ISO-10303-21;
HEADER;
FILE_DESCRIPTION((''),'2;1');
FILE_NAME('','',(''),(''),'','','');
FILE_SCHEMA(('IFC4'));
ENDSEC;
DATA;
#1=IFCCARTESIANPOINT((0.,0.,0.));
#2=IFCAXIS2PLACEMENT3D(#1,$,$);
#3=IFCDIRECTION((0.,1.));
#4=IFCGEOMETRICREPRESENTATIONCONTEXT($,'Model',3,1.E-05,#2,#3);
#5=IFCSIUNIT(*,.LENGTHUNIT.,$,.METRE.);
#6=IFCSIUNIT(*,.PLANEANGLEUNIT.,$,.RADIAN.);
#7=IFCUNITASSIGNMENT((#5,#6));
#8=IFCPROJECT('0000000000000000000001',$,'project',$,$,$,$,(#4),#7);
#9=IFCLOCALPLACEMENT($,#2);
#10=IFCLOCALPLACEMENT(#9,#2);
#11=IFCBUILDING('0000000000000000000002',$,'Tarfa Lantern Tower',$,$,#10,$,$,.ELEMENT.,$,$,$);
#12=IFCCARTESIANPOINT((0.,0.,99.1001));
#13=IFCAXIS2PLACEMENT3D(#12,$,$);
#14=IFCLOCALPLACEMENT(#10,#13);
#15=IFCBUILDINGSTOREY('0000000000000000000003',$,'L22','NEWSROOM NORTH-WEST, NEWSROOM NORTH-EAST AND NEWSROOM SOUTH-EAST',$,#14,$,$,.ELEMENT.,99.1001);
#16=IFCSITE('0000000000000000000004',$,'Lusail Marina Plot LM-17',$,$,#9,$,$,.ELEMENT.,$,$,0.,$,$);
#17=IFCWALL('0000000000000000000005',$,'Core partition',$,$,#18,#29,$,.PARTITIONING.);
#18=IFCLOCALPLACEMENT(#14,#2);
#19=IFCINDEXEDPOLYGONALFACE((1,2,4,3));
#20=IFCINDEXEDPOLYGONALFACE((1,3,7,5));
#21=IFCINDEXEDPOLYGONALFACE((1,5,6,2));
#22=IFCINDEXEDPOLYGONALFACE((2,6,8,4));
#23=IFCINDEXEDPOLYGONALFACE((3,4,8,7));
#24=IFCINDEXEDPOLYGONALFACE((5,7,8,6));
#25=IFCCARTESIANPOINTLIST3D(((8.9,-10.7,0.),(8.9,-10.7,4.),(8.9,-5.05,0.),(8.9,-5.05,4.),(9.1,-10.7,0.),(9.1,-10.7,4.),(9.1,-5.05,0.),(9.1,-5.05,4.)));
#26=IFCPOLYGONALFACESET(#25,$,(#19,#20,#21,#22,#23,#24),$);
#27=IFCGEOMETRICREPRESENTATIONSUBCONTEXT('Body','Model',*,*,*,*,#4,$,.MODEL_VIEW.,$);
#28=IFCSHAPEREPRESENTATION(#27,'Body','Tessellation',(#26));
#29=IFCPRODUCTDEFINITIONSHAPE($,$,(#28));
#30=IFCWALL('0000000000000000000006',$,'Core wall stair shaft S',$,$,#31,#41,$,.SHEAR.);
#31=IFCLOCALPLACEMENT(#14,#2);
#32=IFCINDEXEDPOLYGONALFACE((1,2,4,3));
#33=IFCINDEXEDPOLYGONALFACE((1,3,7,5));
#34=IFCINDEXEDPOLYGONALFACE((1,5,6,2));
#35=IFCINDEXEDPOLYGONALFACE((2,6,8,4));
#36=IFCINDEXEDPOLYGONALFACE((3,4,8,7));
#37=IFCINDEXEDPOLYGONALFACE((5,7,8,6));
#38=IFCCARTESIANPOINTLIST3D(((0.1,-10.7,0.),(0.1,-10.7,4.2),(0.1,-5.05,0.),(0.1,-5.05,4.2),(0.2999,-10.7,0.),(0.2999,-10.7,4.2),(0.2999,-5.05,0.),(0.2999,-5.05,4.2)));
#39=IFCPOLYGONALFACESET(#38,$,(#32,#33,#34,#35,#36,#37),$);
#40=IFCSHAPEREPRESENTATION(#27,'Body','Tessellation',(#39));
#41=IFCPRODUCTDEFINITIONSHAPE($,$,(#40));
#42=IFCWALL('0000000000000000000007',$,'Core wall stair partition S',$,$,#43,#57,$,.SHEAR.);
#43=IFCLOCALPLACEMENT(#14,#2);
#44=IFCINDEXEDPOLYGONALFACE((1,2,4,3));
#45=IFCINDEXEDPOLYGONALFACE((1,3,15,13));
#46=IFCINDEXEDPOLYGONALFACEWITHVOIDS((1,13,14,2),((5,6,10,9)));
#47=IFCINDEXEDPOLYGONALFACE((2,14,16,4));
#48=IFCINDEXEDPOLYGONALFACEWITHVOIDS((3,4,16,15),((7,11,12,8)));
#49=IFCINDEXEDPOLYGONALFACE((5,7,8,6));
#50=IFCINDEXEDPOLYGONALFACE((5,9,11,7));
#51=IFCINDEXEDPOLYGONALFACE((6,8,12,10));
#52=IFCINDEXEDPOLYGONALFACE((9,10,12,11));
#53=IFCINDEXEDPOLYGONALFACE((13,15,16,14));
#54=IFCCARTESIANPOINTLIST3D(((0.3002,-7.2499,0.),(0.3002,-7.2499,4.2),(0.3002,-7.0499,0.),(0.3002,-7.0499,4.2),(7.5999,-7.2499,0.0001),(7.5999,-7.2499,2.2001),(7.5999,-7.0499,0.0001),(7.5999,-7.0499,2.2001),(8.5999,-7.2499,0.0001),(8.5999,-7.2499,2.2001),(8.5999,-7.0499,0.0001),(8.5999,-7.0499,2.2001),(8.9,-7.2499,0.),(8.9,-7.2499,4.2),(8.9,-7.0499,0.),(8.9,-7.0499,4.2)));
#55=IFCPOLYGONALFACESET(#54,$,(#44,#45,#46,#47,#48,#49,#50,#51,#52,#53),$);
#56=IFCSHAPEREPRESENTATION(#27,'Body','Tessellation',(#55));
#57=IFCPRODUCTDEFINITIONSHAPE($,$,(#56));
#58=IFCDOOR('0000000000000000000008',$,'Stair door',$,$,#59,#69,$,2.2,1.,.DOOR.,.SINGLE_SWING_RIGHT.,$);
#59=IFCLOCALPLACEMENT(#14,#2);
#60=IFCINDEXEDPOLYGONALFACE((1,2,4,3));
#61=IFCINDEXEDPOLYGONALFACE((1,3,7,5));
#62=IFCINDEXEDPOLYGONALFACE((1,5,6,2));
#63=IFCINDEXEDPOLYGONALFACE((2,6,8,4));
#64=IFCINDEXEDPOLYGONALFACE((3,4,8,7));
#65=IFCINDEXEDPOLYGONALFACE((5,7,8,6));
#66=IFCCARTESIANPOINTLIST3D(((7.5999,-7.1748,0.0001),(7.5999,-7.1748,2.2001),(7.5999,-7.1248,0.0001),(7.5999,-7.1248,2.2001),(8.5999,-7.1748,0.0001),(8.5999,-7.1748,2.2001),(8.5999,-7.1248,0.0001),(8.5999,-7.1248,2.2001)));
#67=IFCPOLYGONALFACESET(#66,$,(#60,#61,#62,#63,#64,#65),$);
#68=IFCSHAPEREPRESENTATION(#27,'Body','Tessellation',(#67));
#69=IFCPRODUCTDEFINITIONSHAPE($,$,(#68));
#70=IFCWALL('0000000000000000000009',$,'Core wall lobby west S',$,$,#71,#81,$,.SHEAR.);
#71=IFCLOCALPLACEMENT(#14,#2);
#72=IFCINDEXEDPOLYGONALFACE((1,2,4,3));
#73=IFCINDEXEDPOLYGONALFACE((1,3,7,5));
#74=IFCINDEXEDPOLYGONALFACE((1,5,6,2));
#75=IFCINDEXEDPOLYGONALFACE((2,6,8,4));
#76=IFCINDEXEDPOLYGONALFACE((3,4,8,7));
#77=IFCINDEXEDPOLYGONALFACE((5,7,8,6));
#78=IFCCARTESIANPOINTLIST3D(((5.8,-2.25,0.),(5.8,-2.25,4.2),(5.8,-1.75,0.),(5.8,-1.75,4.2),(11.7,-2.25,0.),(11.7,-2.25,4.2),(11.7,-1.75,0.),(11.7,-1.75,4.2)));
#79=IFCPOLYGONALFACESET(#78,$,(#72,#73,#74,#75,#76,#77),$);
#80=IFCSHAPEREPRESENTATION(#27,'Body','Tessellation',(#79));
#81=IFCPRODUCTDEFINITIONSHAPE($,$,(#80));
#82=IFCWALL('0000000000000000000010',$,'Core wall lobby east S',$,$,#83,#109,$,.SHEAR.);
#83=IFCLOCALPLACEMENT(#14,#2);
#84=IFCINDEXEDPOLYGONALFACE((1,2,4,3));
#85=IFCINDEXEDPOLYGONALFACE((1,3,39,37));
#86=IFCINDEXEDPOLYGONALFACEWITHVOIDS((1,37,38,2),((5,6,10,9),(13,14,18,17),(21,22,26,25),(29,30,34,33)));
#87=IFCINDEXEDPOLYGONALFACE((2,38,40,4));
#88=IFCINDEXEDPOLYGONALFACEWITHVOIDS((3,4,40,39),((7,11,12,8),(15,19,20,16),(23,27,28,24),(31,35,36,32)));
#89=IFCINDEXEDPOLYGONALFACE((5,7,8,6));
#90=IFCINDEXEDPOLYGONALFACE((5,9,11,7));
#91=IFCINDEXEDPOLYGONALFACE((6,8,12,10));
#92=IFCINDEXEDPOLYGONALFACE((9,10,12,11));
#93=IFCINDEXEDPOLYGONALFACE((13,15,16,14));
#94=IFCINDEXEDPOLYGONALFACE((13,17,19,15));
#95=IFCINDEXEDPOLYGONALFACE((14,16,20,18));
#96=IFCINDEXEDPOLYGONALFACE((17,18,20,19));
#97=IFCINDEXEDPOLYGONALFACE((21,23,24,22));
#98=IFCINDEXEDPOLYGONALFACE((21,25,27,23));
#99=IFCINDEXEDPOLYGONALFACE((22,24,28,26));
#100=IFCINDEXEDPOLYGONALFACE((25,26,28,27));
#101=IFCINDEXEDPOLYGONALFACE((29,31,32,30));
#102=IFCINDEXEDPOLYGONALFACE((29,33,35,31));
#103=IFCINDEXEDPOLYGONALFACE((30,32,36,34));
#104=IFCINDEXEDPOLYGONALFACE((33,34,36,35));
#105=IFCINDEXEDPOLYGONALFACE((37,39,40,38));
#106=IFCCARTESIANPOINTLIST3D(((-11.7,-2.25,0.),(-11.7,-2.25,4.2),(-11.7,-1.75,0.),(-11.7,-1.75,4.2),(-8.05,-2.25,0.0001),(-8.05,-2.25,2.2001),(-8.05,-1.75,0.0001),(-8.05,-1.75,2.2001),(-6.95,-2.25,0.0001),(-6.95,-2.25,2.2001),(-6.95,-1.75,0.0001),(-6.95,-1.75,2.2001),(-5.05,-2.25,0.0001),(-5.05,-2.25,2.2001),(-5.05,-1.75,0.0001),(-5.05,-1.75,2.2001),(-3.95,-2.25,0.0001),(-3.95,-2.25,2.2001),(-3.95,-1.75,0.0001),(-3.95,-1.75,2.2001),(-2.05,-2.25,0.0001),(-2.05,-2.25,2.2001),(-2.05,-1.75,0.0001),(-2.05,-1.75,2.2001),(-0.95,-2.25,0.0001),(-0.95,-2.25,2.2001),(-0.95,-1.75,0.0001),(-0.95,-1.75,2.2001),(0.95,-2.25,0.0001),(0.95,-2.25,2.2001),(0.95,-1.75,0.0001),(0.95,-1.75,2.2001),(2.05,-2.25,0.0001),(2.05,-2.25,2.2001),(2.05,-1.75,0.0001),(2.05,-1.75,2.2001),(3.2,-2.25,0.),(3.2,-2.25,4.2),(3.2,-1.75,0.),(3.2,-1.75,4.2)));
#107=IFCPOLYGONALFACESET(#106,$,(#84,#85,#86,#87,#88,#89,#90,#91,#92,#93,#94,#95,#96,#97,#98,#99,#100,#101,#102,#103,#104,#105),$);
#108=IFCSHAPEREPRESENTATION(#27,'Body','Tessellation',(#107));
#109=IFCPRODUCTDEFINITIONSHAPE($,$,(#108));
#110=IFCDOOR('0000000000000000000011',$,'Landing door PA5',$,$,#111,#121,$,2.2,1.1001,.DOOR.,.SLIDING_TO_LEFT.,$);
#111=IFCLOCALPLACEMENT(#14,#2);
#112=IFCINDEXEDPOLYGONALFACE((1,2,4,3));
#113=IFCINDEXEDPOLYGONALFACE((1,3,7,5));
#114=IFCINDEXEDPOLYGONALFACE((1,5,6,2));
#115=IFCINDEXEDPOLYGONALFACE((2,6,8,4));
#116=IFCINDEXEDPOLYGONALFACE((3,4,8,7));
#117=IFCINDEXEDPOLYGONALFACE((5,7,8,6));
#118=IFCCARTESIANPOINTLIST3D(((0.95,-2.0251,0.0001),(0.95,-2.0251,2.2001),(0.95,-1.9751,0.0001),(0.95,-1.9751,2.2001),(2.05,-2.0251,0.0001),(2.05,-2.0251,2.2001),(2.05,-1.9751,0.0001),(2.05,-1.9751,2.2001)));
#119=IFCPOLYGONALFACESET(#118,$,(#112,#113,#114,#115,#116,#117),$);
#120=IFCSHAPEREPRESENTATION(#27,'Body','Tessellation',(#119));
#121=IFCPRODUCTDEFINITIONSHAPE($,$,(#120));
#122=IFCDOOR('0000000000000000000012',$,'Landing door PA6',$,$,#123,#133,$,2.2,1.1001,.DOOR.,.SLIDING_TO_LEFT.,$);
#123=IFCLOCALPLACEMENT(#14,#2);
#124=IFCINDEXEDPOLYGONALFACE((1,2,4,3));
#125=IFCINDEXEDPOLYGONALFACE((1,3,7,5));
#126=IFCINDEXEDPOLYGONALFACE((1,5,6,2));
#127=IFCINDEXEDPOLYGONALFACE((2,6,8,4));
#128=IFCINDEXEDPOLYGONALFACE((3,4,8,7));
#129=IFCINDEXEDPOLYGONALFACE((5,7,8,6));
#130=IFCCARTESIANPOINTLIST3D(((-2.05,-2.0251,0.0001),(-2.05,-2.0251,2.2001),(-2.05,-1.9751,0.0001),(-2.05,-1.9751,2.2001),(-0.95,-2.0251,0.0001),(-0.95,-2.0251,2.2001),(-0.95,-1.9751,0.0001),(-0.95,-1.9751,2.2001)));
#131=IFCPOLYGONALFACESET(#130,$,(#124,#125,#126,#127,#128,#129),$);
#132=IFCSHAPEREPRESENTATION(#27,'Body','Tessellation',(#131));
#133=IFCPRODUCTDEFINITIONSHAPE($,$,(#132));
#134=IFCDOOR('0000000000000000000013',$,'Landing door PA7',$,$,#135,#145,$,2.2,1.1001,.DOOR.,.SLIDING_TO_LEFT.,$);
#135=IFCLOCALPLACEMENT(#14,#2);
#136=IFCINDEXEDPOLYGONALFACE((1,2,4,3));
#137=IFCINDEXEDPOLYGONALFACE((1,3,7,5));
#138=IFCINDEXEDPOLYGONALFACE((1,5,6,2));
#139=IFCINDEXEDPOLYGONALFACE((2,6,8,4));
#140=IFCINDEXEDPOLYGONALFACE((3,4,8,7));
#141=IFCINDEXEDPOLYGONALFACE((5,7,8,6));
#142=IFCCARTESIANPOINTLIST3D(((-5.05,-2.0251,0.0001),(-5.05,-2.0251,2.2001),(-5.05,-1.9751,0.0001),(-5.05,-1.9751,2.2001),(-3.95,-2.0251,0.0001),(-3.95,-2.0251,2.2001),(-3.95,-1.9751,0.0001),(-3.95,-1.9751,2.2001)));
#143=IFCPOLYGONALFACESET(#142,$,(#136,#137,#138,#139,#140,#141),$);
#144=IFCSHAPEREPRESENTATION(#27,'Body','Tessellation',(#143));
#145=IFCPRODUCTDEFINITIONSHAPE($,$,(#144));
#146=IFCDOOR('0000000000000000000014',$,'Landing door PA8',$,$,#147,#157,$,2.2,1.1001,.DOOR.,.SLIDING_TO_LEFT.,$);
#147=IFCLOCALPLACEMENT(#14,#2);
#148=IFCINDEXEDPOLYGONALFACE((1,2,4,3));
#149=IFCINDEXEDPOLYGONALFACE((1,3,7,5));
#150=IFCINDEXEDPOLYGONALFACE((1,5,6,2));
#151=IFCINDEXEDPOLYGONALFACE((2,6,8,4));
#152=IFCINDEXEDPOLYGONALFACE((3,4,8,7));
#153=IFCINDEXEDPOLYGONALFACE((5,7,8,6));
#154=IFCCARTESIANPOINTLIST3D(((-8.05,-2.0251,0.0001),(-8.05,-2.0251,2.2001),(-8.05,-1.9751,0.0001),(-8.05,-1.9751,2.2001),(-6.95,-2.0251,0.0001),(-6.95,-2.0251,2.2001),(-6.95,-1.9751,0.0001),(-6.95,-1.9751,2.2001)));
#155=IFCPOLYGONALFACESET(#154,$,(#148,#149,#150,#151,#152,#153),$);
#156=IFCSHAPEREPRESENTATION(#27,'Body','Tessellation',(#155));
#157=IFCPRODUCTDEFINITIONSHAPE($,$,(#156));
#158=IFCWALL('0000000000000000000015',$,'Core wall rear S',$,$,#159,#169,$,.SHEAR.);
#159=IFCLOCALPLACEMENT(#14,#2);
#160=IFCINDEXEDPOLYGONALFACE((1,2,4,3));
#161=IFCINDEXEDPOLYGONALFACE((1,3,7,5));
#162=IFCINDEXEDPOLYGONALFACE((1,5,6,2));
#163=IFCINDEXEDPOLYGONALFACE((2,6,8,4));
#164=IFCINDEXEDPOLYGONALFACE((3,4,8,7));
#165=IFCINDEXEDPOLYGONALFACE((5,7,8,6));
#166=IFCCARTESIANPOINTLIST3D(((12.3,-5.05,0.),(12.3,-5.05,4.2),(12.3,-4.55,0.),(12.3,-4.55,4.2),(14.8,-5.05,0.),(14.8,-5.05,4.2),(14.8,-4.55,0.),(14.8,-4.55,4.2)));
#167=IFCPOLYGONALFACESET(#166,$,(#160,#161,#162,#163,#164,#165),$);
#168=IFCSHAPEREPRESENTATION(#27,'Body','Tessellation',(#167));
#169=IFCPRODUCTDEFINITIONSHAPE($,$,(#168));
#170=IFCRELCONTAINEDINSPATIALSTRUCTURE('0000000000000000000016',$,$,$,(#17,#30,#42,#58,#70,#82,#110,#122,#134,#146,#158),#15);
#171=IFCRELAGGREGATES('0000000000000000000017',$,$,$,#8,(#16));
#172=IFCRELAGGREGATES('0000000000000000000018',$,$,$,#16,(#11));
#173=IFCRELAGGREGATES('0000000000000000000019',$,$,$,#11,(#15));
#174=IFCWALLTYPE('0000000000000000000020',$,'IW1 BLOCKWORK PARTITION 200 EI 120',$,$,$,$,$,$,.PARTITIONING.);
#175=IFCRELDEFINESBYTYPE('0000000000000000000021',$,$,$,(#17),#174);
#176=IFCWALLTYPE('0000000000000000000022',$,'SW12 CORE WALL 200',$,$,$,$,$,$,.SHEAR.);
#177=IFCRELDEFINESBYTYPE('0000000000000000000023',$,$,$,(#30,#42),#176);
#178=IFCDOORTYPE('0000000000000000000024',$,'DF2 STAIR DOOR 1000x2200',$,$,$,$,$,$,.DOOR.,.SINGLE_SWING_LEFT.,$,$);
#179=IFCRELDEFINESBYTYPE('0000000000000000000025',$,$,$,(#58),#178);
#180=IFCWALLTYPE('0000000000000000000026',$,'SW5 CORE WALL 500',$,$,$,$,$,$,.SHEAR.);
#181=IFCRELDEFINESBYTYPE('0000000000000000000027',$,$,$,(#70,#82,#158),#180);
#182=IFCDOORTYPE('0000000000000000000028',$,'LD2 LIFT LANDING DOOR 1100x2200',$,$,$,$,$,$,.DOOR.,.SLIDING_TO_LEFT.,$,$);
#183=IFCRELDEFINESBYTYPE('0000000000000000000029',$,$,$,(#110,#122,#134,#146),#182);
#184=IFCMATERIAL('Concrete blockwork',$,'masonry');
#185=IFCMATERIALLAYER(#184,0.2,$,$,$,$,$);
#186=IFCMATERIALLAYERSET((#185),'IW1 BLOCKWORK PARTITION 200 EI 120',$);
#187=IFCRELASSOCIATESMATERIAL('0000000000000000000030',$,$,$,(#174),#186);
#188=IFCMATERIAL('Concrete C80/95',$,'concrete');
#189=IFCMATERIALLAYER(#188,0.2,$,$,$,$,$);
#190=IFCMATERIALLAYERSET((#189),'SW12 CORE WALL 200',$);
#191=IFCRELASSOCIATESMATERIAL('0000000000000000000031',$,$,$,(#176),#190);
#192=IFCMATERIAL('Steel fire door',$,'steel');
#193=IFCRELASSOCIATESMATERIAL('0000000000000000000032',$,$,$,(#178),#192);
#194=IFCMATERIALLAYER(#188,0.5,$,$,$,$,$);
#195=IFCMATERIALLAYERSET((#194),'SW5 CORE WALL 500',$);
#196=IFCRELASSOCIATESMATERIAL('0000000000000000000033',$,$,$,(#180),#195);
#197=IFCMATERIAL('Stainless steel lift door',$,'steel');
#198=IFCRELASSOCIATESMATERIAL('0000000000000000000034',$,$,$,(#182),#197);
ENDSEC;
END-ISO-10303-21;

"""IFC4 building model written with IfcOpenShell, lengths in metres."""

from ifc_helpers import new_model, si_unit, direction, frame, frame_2d, origin, place, context, subcontext, project, spatial, rectangle, extrude, material, layer, layer_set, type_object, element, fill, save


model = new_model("IFC4")

# Units and contexts
model_context = context("Model", 3, precision=1e-05, world=origin(), true_north=direction((0.0, 1.0)))
body_context = subcontext(model_context, "Body", "Model", "MODEL_VIEW")
ifc_project = project(units=[si_unit("LENGTHUNIT", "METRE"), si_unit("PLANEANGLEUNIT", "RADIAN")], contexts=[model_context])

# Site, building, storey
site_placement = place(None, origin())
site = spatial("IfcSite", under=ifc_project, at=site_placement, Name="Lusail Marina Plot LM-17", CompositionType="ELEMENT", RefElevation=0.0)
building_placement = place(site_placement, origin())
building = spatial("IfcBuilding", under=site, at=building_placement, Name="Tarfa Lantern Tower", CompositionType="ELEMENT")
storey_placement = place(building_placement, frame((0.0, 0.0, 99.1001)))
storey = spatial("IfcBuildingStorey", under=building, at=storey_placement, Name="L22", Description="NEWSROOM NORTH-WEST, NEWSROOM NORTH-EAST AND NEWSROOM SOUTH-EAST", CompositionType="ELEMENT", Elevation=99.1001)

# Walls
ifc_material_1 = material(Name="Concrete blockwork", Category="masonry")
ifc_layer_1 = layer(ifc_material_1, 0.2)
ifc_layer_set_1 = layer_set([ifc_layer_1], Name="IW1 BLOCKWORK PARTITION 200 EI 120")
wall_type_1 = type_object("IfcWallType", Name="IW1 BLOCKWORK PARTITION 200 EI 120", PredefinedType="PARTITIONING", material=ifc_layer_set_1)
wall_1_placement = place(storey_placement, frame((9.0, -5.05, 0.0), z_axis=(0.0, 0.0, 1.0), x_axis=(0.0, -1.0, 0.0)))
element("IfcWall", 1, at=wall_1_placement, inside=storey, type_object=wall_type_1, Name="Core partition", PredefinedType="PARTITIONING", context=body_context, shape_type="SweptSolid", body=[
    extrude(rectangle(XDim=5.6499, YDim=0.2, at=frame_2d((2.825, 0.0))), origin(), (0.0, 0.0, 1.0), 4.0),
])
ifc_material_2 = material(Name="Concrete C80/95", Category="concrete")
ifc_layer_2 = layer(ifc_material_2, 0.2)
ifc_layer_set_2 = layer_set([ifc_layer_2], Name="SW12 CORE WALL 200")
wall_type_2 = type_object("IfcWallType", Name="SW12 CORE WALL 200", PredefinedType="SHEAR", material=ifc_layer_set_2)
wall_2_placement = place(storey_placement, frame((0.2, -5.05, 0.0), z_axis=(0.0, 0.0, 1.0), x_axis=(0.0, -1.0, 0.0)))
element("IfcWall", 2, at=wall_2_placement, inside=storey, type_object=wall_type_2, Name="Core wall stair shaft S", PredefinedType="SHEAR", context=body_context, shape_type="SweptSolid", body=[
    extrude(rectangle(XDim=5.6499, YDim=0.2, at=frame_2d((2.825, 0.0))), origin(), (0.0, 0.0, 1.0), 4.2),
])

# Wall, opening, door
wall_3_placement = place(storey_placement, frame((8.8999, -7.1499, 0.0), z_axis=(0.0, 0.0, 1.0), x_axis=(-1.0, 0.0, 0.0)))
wall_3 = element("IfcWall", 3, at=wall_3_placement, inside=storey, type_object=wall_type_2, Name="Core wall stair partition S", PredefinedType="SHEAR", context=body_context, shape_type="SweptSolid", body=[
    extrude(rectangle(XDim=8.5999, YDim=0.2, at=frame_2d((4.2998, 0.0))), origin(), (0.0, 0.0, 1.0), 4.2),
])
opening_1_placement = place(wall_3_placement, frame((0.3, 0.0, 0.0)))
opening_1 = element("IfcOpeningElement", 4, at=opening_1_placement, cuts=wall_3, PredefinedType="OPENING", context=body_context, shape_type="SweptSolid", body=[
    extrude(rectangle(XDim=1.0, YDim=2.2, at=frame_2d((0.5, 1.1001))), frame((0.0, 0.1099, 0.0), z_axis=(0.0, -1.0, 0.0), x_axis=(1.0, 0.0, 0.0)), (0.0, 0.0, 1.0), 0.22),
])
ifc_material_3 = material(Name="Steel fire door", Category="steel")
door_type_1 = type_object("IfcDoorType", Name="DF2 STAIR DOOR 1000x2200", OperationType="SINGLE_SWING_LEFT", PredefinedType="DOOR", material=ifc_material_3)
door_1_placement = place(opening_1_placement, origin())
door_1 = element("IfcDoor", 5, at=door_1_placement, inside=storey, type_object=door_type_1, Name="Stair door", OperationType="SINGLE_SWING_RIGHT", OverallHeight=2.2, OverallWidth=1.0, PredefinedType="DOOR", context=body_context, shape_type="SweptSolid", body=[
    extrude(rectangle(XDim=1.0, YDim=2.2, at=frame_2d((0.5, 1.1001))), frame((0.0, 0.0249, 0.0), z_axis=(0.0, -1.0, 0.0), x_axis=(1.0, 0.0, 0.0)), (0.0, 0.0, 1.0), 0.05),
])
fill(opening_1, door_1)

# Wall
ifc_layer_3 = layer(ifc_material_2, 0.5)
ifc_layer_set_3 = layer_set([ifc_layer_3], Name="SW5 CORE WALL 500")
wall_type_3 = type_object("IfcWallType", Name="SW5 CORE WALL 500", PredefinedType="SHEAR", material=ifc_layer_set_3)
wall_4_placement = place(storey_placement, frame((11.7, -2.0, 0.0), z_axis=(0.0, 0.0, 1.0), x_axis=(-1.0, 0.0, 0.0)))
element("IfcWall", 6, at=wall_4_placement, inside=storey, type_object=wall_type_3, Name="Core wall lobby west S", PredefinedType="SHEAR", context=body_context, shape_type="SweptSolid", body=[
    extrude(rectangle(XDim=5.8999, YDim=0.5, at=frame_2d((2.95, 0.0))), origin(), (0.0, 0.0, 1.0), 4.2),
])

# Wall, openings, doors
wall_5_placement = place(storey_placement, frame((3.2, -2.0, 0.0), z_axis=(0.0, 0.0, 1.0), x_axis=(-1.0, 0.0, 0.0)))
wall_5 = element("IfcWall", 7, at=wall_5_placement, inside=storey, type_object=wall_type_3, Name="Core wall lobby east S", PredefinedType="SHEAR", context=body_context, shape_type="SweptSolid", body=[
    extrude(rectangle(XDim=14.8999, YDim=0.5, at=frame_2d((7.45, 0.0))), origin(), (0.0, 0.0, 1.0), 4.2),
])
opening_2_placement = place(wall_5_placement, frame((1.1499, 0.0, 0.0)))
opening_2 = element("IfcOpeningElement", 8, at=opening_2_placement, cuts=wall_5, PredefinedType="OPENING", context=body_context, shape_type="SweptSolid", body=[
    extrude(rectangle(XDim=1.1001, YDim=2.2, at=frame_2d((0.55, 1.1001))), frame((0.0, 0.26, 0.0), z_axis=(0.0, -1.0, 0.0), x_axis=(1.0, 0.0, 0.0)), (0.0, 0.0, 1.0), 0.52),
])
opening_3_placement = place(wall_5_placement, frame((4.1499, 0.0, 0.0)))
opening_3 = element("IfcOpeningElement", 9, at=opening_3_placement, cuts=wall_5, PredefinedType="OPENING", context=body_context, shape_type="SweptSolid", body=[
    extrude(rectangle(XDim=1.1001, YDim=2.2, at=frame_2d((0.55, 1.1001))), frame((0.0, 0.26, 0.0), z_axis=(0.0, -1.0, 0.0), x_axis=(1.0, 0.0, 0.0)), (0.0, 0.0, 1.0), 0.52),
])
opening_4_placement = place(wall_5_placement, frame((7.1499, 0.0, 0.0)))
opening_4 = element("IfcOpeningElement", 10, at=opening_4_placement, cuts=wall_5, PredefinedType="OPENING", context=body_context, shape_type="SweptSolid", body=[
    extrude(rectangle(XDim=1.1001, YDim=2.2, at=frame_2d((0.55, 1.1001))), frame((0.0, 0.26, 0.0), z_axis=(0.0, -1.0, 0.0), x_axis=(1.0, 0.0, 0.0)), (0.0, 0.0, 1.0), 0.52),
])
opening_5_placement = place(wall_5_placement, frame((10.1499, 0.0, 0.0)))
opening_5 = element("IfcOpeningElement", 11, at=opening_5_placement, cuts=wall_5, PredefinedType="OPENING", context=body_context, shape_type="SweptSolid", body=[
    extrude(rectangle(XDim=1.1001, YDim=2.2, at=frame_2d((0.55, 1.1001))), frame((0.0, 0.26, 0.0), z_axis=(0.0, -1.0, 0.0), x_axis=(1.0, 0.0, 0.0)), (0.0, 0.0, 1.0), 0.52),
])
ifc_material_4 = material(Name="Stainless steel lift door", Category="steel")
door_type_2 = type_object("IfcDoorType", Name="LD2 LIFT LANDING DOOR 1100x2200", OperationType="SLIDING_TO_LEFT", PredefinedType="DOOR", material=ifc_material_4)
door_2_placement = place(opening_2_placement, frame((1.1001, 0.0, 0.0), z_axis=(0.0, 0.0, 1.0), x_axis=(-1.0, 0.0, 0.0)))
door_2 = element("IfcDoor", 12, at=door_2_placement, inside=storey, type_object=door_type_2, Name="Landing door PA5", OperationType="SLIDING_TO_LEFT", OverallHeight=2.2, OverallWidth=1.1001, PredefinedType="DOOR", context=body_context, shape_type="SweptSolid", body=[
    extrude(rectangle(XDim=1.1001, YDim=2.2, at=frame_2d((0.55, 1.1001))), frame((0.0, 0.0249, 0.0), z_axis=(0.0, -1.0, 0.0), x_axis=(1.0, 0.0, 0.0)), (0.0, 0.0, 1.0), 0.05),
])
fill(opening_2, door_2)
door_3_placement = place(opening_3_placement, frame((1.1001, 0.0, 0.0), z_axis=(0.0, 0.0, 1.0), x_axis=(-1.0, 0.0, 0.0)))
door_3 = element("IfcDoor", 13, at=door_3_placement, inside=storey, type_object=door_type_2, Name="Landing door PA6", OperationType="SLIDING_TO_LEFT", OverallHeight=2.2, OverallWidth=1.1001, PredefinedType="DOOR", context=body_context, shape_type="SweptSolid", body=[
    extrude(rectangle(XDim=1.1001, YDim=2.2, at=frame_2d((0.55, 1.1001))), frame((0.0, 0.0249, 0.0), z_axis=(0.0, -1.0, 0.0), x_axis=(1.0, 0.0, 0.0)), (0.0, 0.0, 1.0), 0.05),
])
fill(opening_3, door_3)
door_4_placement = place(opening_4_placement, frame((1.1001, 0.0, 0.0), z_axis=(0.0, 0.0, 1.0), x_axis=(-1.0, 0.0, 0.0)))
door_4 = element("IfcDoor", 14, at=door_4_placement, inside=storey, type_object=door_type_2, Name="Landing door PA7", OperationType="SLIDING_TO_LEFT", OverallHeight=2.2, OverallWidth=1.1001, PredefinedType="DOOR", context=body_context, shape_type="SweptSolid", body=[
    extrude(rectangle(XDim=1.1001, YDim=2.2, at=frame_2d((0.55, 1.1001))), frame((0.0, 0.0249, 0.0), z_axis=(0.0, -1.0, 0.0), x_axis=(1.0, 0.0, 0.0)), (0.0, 0.0, 1.0), 0.05),
])
fill(opening_4, door_4)
door_5_placement = place(opening_5_placement, frame((1.1001, 0.0, 0.0), z_axis=(0.0, 0.0, 1.0), x_axis=(-1.0, 0.0, 0.0)))
door_5 = element("IfcDoor", 15, at=door_5_placement, inside=storey, type_object=door_type_2, Name="Landing door PA8", OperationType="SLIDING_TO_LEFT", OverallHeight=2.2, OverallWidth=1.1001, PredefinedType="DOOR", context=body_context, shape_type="SweptSolid", body=[
    extrude(rectangle(XDim=1.1001, YDim=2.2, at=frame_2d((0.55, 1.1001))), frame((0.0, 0.0249, 0.0), z_axis=(0.0, -1.0, 0.0), x_axis=(1.0, 0.0, 0.0)), (0.0, 0.0, 1.0), 0.05),
])
fill(opening_5, door_5)

# Wall
wall_6_placement = place(storey_placement, frame((14.8, -4.8, 0.0), z_axis=(0.0, 0.0, 1.0), x_axis=(-1.0, 0.0, 0.0)))
element("IfcWall", 16, at=wall_6_placement, inside=storey, type_object=wall_type_3, Name="Core wall rear S", PredefinedType="SHEAR", context=body_context, shape_type="SweptSolid", body=[
    extrude(rectangle(XDim=2.5, YDim=0.5, at=frame_2d((1.25, 0.0))), origin(), (0.0, 0.0, 1.0), 4.2),
])

save(model, "model.ifc")
